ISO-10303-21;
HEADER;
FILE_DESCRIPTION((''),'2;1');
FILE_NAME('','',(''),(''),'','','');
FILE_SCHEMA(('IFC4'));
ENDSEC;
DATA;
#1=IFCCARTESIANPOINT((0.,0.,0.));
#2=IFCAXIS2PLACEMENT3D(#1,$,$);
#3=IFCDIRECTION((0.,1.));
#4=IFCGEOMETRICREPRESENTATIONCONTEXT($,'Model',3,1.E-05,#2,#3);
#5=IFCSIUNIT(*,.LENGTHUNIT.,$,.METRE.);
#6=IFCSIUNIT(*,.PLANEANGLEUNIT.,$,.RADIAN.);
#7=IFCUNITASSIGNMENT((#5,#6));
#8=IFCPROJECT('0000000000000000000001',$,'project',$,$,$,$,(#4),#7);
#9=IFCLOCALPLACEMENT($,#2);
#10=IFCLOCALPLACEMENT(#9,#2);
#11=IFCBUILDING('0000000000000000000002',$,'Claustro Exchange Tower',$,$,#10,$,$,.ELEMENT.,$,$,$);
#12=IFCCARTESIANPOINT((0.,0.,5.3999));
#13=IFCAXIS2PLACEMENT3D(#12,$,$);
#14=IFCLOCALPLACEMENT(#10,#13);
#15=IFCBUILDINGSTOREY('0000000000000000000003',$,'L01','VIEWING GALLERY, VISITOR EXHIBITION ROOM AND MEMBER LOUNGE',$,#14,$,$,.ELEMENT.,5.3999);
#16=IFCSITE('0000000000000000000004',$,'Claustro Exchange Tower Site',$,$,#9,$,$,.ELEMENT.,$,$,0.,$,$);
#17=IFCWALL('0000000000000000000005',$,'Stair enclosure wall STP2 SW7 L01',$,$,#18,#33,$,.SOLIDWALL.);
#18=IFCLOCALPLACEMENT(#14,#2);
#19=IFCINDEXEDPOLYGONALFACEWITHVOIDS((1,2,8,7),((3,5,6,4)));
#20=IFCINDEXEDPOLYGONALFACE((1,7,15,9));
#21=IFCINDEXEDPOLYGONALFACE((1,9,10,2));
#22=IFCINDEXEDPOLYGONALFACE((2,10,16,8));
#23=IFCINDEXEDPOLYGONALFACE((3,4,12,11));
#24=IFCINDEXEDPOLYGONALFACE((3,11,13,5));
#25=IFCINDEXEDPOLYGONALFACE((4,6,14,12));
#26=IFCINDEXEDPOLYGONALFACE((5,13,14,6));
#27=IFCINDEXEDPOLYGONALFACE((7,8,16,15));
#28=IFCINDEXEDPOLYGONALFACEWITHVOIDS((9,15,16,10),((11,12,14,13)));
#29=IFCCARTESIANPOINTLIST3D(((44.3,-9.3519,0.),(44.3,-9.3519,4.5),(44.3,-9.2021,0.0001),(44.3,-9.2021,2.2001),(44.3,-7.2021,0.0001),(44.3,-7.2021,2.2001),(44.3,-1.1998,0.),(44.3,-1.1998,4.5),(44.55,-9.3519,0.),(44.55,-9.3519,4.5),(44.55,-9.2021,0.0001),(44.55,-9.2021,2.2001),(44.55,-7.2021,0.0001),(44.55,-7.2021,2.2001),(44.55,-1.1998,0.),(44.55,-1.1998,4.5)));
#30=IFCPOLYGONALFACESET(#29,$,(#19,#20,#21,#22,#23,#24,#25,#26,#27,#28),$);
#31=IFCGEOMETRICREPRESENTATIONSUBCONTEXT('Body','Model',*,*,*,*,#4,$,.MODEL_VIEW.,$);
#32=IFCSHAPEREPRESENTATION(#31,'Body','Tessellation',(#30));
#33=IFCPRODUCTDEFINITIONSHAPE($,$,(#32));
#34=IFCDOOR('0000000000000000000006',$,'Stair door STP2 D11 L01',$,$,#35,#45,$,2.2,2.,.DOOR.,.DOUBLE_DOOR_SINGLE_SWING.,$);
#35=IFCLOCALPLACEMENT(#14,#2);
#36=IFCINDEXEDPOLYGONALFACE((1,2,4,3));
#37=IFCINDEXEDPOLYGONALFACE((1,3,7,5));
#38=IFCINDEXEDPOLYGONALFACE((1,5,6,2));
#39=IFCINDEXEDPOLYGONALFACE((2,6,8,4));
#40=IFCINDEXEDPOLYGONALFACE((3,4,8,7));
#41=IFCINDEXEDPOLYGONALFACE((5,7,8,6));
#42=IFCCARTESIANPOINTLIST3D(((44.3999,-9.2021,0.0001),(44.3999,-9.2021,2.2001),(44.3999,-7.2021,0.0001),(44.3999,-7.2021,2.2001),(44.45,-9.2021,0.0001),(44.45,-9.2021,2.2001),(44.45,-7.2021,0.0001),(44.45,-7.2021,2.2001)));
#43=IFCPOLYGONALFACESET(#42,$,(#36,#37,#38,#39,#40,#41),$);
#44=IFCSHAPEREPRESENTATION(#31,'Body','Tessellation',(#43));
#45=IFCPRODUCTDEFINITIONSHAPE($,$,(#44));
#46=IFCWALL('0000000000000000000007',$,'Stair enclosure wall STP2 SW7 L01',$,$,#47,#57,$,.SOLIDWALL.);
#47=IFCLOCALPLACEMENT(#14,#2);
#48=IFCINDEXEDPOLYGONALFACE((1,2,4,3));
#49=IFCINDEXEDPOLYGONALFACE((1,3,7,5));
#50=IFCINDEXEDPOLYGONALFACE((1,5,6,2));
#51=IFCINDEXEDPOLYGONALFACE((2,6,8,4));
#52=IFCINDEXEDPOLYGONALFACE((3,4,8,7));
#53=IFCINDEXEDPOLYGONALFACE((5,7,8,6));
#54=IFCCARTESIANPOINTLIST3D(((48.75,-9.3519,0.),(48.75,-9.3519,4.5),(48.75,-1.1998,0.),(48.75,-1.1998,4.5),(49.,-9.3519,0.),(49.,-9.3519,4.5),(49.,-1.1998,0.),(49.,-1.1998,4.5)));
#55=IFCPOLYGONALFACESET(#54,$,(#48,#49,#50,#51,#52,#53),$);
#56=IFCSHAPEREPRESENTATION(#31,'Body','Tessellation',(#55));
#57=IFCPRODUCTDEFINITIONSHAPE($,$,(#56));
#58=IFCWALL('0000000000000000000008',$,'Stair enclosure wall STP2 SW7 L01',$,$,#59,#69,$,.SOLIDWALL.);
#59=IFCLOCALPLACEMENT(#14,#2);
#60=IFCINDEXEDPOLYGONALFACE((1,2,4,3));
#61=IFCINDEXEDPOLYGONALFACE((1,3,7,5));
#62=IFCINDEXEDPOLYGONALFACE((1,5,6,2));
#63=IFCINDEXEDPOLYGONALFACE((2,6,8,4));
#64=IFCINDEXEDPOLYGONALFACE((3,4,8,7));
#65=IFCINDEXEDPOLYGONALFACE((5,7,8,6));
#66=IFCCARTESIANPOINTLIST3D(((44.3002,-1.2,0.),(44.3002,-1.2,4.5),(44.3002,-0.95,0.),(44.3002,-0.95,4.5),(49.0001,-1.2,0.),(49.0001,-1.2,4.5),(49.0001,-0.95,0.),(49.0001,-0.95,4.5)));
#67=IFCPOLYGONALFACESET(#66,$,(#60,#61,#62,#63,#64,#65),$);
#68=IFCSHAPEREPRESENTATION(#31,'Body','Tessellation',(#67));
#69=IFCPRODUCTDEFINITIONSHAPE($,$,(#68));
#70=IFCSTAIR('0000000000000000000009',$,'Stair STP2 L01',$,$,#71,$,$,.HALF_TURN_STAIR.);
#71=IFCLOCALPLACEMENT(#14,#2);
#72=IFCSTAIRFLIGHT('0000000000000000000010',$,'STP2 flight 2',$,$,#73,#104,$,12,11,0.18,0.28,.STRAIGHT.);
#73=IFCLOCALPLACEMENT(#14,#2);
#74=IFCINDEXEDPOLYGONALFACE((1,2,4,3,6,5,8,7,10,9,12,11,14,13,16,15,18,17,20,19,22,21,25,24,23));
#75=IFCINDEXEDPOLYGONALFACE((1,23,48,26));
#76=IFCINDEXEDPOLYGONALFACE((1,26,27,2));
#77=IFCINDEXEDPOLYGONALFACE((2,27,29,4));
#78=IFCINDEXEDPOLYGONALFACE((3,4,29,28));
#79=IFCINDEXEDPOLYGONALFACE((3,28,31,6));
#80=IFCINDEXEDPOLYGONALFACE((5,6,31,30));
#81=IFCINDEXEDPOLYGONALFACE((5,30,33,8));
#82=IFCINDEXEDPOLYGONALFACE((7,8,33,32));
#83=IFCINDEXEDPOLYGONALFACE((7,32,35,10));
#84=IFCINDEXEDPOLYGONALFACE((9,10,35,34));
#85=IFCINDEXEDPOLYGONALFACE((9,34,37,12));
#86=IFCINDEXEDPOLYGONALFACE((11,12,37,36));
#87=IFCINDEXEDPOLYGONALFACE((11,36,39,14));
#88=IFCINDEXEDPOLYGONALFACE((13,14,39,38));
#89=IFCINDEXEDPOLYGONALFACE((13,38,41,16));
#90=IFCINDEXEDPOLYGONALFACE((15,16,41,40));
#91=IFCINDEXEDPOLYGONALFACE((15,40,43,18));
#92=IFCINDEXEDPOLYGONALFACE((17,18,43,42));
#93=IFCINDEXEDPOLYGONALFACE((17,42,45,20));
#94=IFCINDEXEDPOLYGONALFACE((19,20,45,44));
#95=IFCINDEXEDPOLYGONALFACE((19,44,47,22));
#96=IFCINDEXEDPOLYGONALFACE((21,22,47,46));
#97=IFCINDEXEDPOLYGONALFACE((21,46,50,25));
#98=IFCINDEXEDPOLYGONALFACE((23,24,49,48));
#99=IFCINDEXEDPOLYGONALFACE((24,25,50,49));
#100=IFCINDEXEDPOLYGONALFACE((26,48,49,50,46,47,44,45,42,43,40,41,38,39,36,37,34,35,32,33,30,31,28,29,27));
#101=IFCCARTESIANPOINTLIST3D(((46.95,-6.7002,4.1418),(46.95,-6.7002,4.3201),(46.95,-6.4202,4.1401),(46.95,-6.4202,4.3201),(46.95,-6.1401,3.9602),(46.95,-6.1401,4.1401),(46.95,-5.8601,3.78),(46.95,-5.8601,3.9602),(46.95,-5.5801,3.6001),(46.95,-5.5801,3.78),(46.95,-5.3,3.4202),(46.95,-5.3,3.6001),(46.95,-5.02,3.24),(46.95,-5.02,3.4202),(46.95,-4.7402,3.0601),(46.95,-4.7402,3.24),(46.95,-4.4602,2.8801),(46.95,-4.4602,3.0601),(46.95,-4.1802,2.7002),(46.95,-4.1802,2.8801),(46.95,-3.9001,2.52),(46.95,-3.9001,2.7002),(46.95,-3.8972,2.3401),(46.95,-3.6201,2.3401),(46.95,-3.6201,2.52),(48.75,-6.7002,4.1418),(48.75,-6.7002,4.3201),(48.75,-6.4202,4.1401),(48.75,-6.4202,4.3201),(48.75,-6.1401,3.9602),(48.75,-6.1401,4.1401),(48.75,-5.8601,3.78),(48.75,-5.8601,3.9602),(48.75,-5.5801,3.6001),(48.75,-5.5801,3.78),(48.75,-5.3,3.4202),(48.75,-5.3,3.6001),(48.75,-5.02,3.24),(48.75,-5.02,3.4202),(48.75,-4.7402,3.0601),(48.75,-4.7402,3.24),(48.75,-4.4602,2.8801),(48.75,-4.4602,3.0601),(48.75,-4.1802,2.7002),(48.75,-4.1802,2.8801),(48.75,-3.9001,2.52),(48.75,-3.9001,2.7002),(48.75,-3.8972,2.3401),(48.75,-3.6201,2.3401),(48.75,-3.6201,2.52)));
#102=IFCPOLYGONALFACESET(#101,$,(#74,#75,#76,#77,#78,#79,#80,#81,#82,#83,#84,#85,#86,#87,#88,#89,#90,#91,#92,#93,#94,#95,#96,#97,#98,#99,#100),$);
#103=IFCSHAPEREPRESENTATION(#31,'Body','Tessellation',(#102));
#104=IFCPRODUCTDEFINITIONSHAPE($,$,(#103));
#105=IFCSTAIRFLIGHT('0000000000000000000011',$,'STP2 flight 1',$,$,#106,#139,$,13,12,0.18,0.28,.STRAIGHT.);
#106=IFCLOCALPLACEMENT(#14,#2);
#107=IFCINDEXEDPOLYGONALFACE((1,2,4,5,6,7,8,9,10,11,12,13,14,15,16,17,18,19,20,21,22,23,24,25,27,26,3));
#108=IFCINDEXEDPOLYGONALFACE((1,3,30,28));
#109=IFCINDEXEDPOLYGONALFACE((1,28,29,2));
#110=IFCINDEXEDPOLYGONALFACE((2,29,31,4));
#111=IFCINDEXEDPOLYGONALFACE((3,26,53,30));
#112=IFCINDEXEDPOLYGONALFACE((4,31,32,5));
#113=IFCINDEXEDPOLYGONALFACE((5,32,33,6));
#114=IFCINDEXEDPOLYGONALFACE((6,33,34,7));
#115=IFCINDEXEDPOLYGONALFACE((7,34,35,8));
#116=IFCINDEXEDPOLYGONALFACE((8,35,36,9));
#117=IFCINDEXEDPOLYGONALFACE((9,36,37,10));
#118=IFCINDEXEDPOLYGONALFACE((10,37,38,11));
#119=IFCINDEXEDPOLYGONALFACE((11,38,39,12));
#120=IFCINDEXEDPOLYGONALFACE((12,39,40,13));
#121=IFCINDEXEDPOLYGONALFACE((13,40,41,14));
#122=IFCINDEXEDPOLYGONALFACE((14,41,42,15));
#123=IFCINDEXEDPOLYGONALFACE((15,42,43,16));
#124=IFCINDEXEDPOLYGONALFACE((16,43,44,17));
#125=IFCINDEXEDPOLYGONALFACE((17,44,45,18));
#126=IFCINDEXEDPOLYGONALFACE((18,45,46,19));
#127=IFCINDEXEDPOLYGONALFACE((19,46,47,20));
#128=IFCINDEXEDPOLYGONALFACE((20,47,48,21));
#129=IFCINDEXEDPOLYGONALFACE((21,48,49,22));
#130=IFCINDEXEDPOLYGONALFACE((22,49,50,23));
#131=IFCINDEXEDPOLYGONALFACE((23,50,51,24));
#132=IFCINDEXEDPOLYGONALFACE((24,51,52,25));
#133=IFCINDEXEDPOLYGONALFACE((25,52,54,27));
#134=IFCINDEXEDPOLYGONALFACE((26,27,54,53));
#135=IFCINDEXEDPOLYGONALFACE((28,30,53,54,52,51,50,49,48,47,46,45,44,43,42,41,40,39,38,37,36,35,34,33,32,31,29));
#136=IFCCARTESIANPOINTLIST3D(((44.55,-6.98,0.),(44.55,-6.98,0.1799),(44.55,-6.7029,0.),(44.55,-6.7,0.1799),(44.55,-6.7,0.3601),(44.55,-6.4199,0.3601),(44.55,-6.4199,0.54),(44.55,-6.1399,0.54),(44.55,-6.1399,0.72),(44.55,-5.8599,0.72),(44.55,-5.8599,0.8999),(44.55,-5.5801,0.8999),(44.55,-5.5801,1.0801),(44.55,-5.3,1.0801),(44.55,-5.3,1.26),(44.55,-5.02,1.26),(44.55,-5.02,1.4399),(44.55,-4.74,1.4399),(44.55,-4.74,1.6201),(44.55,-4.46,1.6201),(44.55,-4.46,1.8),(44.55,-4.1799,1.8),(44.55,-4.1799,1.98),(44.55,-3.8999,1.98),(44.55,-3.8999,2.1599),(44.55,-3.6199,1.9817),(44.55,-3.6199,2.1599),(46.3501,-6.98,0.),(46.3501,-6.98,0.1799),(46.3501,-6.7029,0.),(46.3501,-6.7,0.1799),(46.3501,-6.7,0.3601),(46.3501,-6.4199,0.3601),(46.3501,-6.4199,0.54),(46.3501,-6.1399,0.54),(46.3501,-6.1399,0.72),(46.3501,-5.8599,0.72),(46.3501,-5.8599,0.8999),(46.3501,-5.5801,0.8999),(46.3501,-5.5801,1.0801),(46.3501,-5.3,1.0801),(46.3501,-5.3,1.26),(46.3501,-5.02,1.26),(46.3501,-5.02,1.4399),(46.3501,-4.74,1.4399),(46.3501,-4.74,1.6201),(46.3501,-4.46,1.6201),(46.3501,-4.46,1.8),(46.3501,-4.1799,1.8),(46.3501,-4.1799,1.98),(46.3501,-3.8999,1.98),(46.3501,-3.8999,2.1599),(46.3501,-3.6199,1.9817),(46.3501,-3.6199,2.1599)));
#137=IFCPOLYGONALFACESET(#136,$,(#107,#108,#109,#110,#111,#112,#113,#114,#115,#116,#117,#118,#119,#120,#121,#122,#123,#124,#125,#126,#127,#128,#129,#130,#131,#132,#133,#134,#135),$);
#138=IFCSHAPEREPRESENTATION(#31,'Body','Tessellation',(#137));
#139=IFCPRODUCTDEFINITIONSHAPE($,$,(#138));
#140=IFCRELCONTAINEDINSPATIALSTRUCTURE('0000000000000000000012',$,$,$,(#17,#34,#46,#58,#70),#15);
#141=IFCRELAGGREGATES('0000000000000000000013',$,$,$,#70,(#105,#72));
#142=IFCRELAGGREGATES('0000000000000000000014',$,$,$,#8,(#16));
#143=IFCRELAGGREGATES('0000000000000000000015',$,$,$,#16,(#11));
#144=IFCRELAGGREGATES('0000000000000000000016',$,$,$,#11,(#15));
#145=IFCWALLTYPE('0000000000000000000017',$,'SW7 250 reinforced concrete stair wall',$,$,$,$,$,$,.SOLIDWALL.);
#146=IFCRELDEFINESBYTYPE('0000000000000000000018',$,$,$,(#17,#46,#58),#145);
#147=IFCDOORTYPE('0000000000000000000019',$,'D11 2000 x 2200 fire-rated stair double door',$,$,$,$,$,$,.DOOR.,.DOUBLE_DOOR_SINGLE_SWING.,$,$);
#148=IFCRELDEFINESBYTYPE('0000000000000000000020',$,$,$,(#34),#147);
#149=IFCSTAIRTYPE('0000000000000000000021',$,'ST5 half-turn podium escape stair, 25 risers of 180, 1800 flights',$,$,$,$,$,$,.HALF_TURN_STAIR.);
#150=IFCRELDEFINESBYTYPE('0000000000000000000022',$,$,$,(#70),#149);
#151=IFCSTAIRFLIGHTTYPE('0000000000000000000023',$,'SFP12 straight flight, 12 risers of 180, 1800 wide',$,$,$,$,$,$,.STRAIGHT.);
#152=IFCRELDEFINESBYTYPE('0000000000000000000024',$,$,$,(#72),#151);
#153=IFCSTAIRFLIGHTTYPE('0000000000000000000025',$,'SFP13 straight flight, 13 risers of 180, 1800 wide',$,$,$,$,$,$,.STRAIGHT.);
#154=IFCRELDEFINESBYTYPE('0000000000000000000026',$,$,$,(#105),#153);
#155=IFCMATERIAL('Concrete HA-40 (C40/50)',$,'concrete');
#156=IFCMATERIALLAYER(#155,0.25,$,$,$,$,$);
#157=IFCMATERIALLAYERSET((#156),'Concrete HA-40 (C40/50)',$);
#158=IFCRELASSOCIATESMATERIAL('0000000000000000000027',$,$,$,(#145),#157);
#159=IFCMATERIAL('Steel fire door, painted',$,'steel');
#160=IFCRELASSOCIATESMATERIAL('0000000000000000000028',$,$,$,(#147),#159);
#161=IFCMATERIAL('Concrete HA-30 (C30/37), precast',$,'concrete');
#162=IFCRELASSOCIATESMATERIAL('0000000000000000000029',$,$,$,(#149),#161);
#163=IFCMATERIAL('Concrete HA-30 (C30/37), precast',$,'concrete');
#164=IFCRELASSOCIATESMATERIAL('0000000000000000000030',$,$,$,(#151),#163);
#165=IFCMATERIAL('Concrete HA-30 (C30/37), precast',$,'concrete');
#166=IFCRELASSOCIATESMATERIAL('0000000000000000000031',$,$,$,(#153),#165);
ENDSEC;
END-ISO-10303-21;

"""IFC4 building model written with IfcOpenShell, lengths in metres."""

from ifc_helpers import new_model, si_unit, direction, frame, frame_2d, origin, place, context, subcontext, project, spatial, polyline, rectangle, outline, extrude, material, layer, layer_set, type_object, element, fill, aggregate, save


model = new_model("IFC4")

# Units and contexts
model_context = context("Model", 3, precision=1e-05, world=origin(), true_north=direction((0.0, 1.0)))
body_context = subcontext(model_context, "Body", "Model", "MODEL_VIEW")
ifc_project = project(units=[si_unit("LENGTHUNIT", "METRE"), si_unit("PLANEANGLEUNIT", "RADIAN")], contexts=[model_context])

# Site, building, storey
site_placement = place(None, origin())
site = spatial("IfcSite", under=ifc_project, at=site_placement, Name="Claustro Exchange Tower Site", CompositionType="ELEMENT", RefElevation=0.0)
building_placement = place(site_placement, origin())
building = spatial("IfcBuilding", under=site, at=building_placement, Name="Claustro Exchange Tower", CompositionType="ELEMENT")
storey_placement = place(building_placement, frame((0.0, 0.0, 5.3999)))
storey = spatial("IfcBuildingStorey", under=building, at=storey_placement, Name="L01", Description="VIEWING GALLERY, VISITOR EXHIBITION ROOM AND MEMBER LOUNGE", CompositionType="ELEMENT", Elevation=5.3999)

# Wall, opening, door
ifc_material_1 = material(Name="Concrete HA-40 (C40/50)", Category="concrete")
ifc_layer_1 = layer(ifc_material_1, 0.25)
ifc_layer_set_1 = layer_set([ifc_layer_1], Name="Concrete HA-40 (C40/50)")
wall_type_1 = type_object("IfcWallType", Name="SW7 250 reinforced concrete stair wall", PredefinedType="SOLIDWALL", material=ifc_layer_set_1)
wall_1_placement = place(storey_placement, frame((44.425, -9.3521, 0.0), z_axis=(0.0, 0.0, 1.0), x_axis=(0.0, 1.0, 0.0)))
wall_1 = element("IfcWall", 1, at=wall_1_placement, inside=storey, type_object=wall_type_1, Name="Stair enclosure wall STP2 SW7 L01", PredefinedType="SOLIDWALL", context=body_context, shape_type="SweptSolid", body=[
    extrude(rectangle(XDim=8.1521, YDim=0.25, at=frame_2d((4.0762, 0.0))), origin(), (0.0, 0.0, 1.0), 4.5),
])
opening_placement = place(wall_1_placement, frame((0.1499, 0.0, 0.0)))
opening = element("IfcOpeningElement", 2, at=opening_placement, cuts=wall_1, PredefinedType="OPENING", context=body_context, shape_type="SweptSolid", body=[
    extrude(rectangle(XDim=2.0, YDim=2.2, at=frame_2d((1.0, 1.1001))), frame((0.0, 0.135, 0.0), z_axis=(0.0, -1.0, 0.0), x_axis=(1.0, 0.0, 0.0)), (0.0, 0.0, 1.0), 0.27),
])
ifc_material_2 = material(Name="Steel fire door, painted", Category="steel")
door_type = type_object("IfcDoorType", Name="D11 2000 x 2200 fire-rated stair double door", OperationType="DOUBLE_DOOR_SINGLE_SWING", PredefinedType="DOOR", material=ifc_material_2)
door_placement = place(opening_placement, frame((2.0, 0.0, 0.0), z_axis=(0.0, 0.0, 1.0), x_axis=(-1.0, 0.0, 0.0)))
door = element("IfcDoor", 3, at=door_placement, inside=storey, type_object=door_type, Name="Stair door STP2 D11 L01", OperationType="DOUBLE_DOOR_SINGLE_SWING", OverallHeight=2.2, OverallWidth=2.0, PredefinedType="DOOR", context=body_context, shape_type="SweptSolid", body=[
    extrude(rectangle(XDim=2.0, YDim=2.2, at=frame_2d((1.0, 1.1001))), frame((0.0, 0.0249, 0.0), z_axis=(0.0, -1.0, 0.0), x_axis=(1.0, 0.0, 0.0)), (0.0, 0.0, 1.0), 0.05),
])
fill(opening, door)

# Walls
wall_2_placement = place(storey_placement, frame((48.875, -9.3521, 0.0), z_axis=(0.0, 0.0, 1.0), x_axis=(0.0, 1.0, 0.0)))
element("IfcWall", 4, at=wall_2_placement, inside=storey, type_object=wall_type_1, Name="Stair enclosure wall STP2 SW7 L01", PredefinedType="SOLIDWALL", context=body_context, shape_type="SweptSolid", body=[
    extrude(rectangle(XDim=8.1521, YDim=0.25, at=frame_2d((4.0762, 0.0))), origin(), (0.0, 0.0, 1.0), 4.5),
])
wall_3_placement = place(storey_placement, frame((44.3, -1.075, 0.0), z_axis=(0.0, 0.0, 1.0), x_axis=(1.0, 0.0, 0.0)))
element("IfcWall", 5, at=wall_3_placement, inside=storey, type_object=wall_type_1, Name="Stair enclosure wall STP2 SW7 L01", PredefinedType="SOLIDWALL", context=body_context, shape_type="SweptSolid", body=[
    extrude(rectangle(XDim=4.7, YDim=0.25, at=frame_2d((2.3501, 0.0))), origin(), (0.0, 0.0, 1.0), 4.5),
])

# Stair, stair flights
ifc_material_3 = material(Name="Concrete HA-30 (C30/37), precast", Category="concrete")
stair_type = type_object("IfcStairType", Name="ST5 half-turn podium escape stair, 25 risers of 180, 1800 flights", PredefinedType="HALF_TURN_STAIR", material=ifc_material_3)
stair_placement = place(storey_placement, origin())
stair = element("IfcStair", 6, at=stair_placement, inside=storey, type_object=stair_type, Name="Stair STP2 L01", PredefinedType="HALF_TURN_STAIR")
ifc_material_4 = material(Name="Concrete HA-30 (C30/37), precast", Category="concrete")
stair_flight_type_1 = type_object("IfcStairFlightType", Name="SFP12 straight flight, 12 risers of 180, 1800 wide", PredefinedType="STRAIGHT", material=ifc_material_4)
stair_flight_1_placement = place(storey_placement, frame((47.8501, -3.6201, 2.3401), z_axis=(0.0, 0.0, 1.0), x_axis=(0.0, -1.0, 0.0)))
stair_flight_1 = element("IfcStairFlight", 7, at=stair_flight_1_placement, type_object=stair_flight_type_1, Name="STP2 flight 2", NumberOfRisers=12, NumberOfTreads=11, PredefinedType="STRAIGHT", RiserHeight=0.18, TreadLength=0.28, context=body_context, shape_type="SweptSolid", body=[
    extrude(outline(polyline([(0.0, 0.0), (0.0, 0.1799), (0.28, 0.1799), (0.28, 0.3601), (0.5601, 0.3601), (0.5601, 0.54), (0.8401, 0.54), (0.8401, 0.72), (1.1201, 0.72), (1.1201, 0.8999), (1.3999, 0.8999), (1.3999, 1.0801), (1.6799, 1.0801), (1.6799, 1.26), (1.96, 1.26), (1.96, 1.4399), (2.24, 1.4399), (2.24, 1.6201), (2.52, 1.6201), (2.52, 1.8), (2.8, 1.8), (2.8, 1.98), (3.0801, 1.98), (3.0801, 2.1599), (3.0801, 1.8018), (0.2771, 0.0), (0.0, 0.0)])), frame((0.0, 0.8999, 0.0), z_axis=(0.0, -1.0, 0.0), x_axis=(1.0, 0.0, 0.0)), (0.0, 0.0, 1.0), 1.8),
])
ifc_material_5 = material(Name="Concrete HA-30 (C30/37), precast", Category="concrete")
stair_flight_type_2 = type_object("IfcStairFlightType", Name="SFP13 straight flight, 13 risers of 180, 1800 wide", PredefinedType="STRAIGHT", material=ifc_material_5)
stair_flight_2_placement = place(storey_placement, frame((45.45, -6.98, 0.0), z_axis=(0.0, 0.0, 1.0), x_axis=(0.0, 1.0, 0.0)))
stair_flight_2 = element("IfcStairFlight", 8, at=stair_flight_2_placement, type_object=stair_flight_type_2, Name="STP2 flight 1", NumberOfRisers=13, NumberOfTreads=12, PredefinedType="STRAIGHT", RiserHeight=0.18, TreadLength=0.28, context=body_context, shape_type="SweptSolid", body=[
    extrude(outline(polyline([(0.0, 0.0), (0.0, 0.1799), (0.28, 0.1799), (0.28, 0.3601), (0.5601, 0.3601), (0.5601, 0.54), (0.8401, 0.54), (0.8401, 0.72), (1.1201, 0.72), (1.1201, 0.8999), (1.3999, 0.8999), (1.3999, 1.0801), (1.6799, 1.0801), (1.6799, 1.26), (1.96, 1.26), (1.96, 1.4399), (2.24, 1.4399), (2.24, 1.6201), (2.52, 1.6201), (2.52, 1.8), (2.8, 1.8), (2.8, 1.98), (3.0801, 1.98), (3.0801, 2.1599), (3.3601, 2.1599), (3.3601, 2.3401), (3.3601, 1.9817), (0.2771, 0.0), (0.0, 0.0)])), frame((0.0, 0.8999, 0.0), z_axis=(0.0, -1.0, 0.0), x_axis=(1.0, 0.0, 0.0)), (0.0, 0.0, 1.0), 1.8),
])
aggregate(stair, [stair_flight_2, stair_flight_1])

save(model, "model.ifc")
